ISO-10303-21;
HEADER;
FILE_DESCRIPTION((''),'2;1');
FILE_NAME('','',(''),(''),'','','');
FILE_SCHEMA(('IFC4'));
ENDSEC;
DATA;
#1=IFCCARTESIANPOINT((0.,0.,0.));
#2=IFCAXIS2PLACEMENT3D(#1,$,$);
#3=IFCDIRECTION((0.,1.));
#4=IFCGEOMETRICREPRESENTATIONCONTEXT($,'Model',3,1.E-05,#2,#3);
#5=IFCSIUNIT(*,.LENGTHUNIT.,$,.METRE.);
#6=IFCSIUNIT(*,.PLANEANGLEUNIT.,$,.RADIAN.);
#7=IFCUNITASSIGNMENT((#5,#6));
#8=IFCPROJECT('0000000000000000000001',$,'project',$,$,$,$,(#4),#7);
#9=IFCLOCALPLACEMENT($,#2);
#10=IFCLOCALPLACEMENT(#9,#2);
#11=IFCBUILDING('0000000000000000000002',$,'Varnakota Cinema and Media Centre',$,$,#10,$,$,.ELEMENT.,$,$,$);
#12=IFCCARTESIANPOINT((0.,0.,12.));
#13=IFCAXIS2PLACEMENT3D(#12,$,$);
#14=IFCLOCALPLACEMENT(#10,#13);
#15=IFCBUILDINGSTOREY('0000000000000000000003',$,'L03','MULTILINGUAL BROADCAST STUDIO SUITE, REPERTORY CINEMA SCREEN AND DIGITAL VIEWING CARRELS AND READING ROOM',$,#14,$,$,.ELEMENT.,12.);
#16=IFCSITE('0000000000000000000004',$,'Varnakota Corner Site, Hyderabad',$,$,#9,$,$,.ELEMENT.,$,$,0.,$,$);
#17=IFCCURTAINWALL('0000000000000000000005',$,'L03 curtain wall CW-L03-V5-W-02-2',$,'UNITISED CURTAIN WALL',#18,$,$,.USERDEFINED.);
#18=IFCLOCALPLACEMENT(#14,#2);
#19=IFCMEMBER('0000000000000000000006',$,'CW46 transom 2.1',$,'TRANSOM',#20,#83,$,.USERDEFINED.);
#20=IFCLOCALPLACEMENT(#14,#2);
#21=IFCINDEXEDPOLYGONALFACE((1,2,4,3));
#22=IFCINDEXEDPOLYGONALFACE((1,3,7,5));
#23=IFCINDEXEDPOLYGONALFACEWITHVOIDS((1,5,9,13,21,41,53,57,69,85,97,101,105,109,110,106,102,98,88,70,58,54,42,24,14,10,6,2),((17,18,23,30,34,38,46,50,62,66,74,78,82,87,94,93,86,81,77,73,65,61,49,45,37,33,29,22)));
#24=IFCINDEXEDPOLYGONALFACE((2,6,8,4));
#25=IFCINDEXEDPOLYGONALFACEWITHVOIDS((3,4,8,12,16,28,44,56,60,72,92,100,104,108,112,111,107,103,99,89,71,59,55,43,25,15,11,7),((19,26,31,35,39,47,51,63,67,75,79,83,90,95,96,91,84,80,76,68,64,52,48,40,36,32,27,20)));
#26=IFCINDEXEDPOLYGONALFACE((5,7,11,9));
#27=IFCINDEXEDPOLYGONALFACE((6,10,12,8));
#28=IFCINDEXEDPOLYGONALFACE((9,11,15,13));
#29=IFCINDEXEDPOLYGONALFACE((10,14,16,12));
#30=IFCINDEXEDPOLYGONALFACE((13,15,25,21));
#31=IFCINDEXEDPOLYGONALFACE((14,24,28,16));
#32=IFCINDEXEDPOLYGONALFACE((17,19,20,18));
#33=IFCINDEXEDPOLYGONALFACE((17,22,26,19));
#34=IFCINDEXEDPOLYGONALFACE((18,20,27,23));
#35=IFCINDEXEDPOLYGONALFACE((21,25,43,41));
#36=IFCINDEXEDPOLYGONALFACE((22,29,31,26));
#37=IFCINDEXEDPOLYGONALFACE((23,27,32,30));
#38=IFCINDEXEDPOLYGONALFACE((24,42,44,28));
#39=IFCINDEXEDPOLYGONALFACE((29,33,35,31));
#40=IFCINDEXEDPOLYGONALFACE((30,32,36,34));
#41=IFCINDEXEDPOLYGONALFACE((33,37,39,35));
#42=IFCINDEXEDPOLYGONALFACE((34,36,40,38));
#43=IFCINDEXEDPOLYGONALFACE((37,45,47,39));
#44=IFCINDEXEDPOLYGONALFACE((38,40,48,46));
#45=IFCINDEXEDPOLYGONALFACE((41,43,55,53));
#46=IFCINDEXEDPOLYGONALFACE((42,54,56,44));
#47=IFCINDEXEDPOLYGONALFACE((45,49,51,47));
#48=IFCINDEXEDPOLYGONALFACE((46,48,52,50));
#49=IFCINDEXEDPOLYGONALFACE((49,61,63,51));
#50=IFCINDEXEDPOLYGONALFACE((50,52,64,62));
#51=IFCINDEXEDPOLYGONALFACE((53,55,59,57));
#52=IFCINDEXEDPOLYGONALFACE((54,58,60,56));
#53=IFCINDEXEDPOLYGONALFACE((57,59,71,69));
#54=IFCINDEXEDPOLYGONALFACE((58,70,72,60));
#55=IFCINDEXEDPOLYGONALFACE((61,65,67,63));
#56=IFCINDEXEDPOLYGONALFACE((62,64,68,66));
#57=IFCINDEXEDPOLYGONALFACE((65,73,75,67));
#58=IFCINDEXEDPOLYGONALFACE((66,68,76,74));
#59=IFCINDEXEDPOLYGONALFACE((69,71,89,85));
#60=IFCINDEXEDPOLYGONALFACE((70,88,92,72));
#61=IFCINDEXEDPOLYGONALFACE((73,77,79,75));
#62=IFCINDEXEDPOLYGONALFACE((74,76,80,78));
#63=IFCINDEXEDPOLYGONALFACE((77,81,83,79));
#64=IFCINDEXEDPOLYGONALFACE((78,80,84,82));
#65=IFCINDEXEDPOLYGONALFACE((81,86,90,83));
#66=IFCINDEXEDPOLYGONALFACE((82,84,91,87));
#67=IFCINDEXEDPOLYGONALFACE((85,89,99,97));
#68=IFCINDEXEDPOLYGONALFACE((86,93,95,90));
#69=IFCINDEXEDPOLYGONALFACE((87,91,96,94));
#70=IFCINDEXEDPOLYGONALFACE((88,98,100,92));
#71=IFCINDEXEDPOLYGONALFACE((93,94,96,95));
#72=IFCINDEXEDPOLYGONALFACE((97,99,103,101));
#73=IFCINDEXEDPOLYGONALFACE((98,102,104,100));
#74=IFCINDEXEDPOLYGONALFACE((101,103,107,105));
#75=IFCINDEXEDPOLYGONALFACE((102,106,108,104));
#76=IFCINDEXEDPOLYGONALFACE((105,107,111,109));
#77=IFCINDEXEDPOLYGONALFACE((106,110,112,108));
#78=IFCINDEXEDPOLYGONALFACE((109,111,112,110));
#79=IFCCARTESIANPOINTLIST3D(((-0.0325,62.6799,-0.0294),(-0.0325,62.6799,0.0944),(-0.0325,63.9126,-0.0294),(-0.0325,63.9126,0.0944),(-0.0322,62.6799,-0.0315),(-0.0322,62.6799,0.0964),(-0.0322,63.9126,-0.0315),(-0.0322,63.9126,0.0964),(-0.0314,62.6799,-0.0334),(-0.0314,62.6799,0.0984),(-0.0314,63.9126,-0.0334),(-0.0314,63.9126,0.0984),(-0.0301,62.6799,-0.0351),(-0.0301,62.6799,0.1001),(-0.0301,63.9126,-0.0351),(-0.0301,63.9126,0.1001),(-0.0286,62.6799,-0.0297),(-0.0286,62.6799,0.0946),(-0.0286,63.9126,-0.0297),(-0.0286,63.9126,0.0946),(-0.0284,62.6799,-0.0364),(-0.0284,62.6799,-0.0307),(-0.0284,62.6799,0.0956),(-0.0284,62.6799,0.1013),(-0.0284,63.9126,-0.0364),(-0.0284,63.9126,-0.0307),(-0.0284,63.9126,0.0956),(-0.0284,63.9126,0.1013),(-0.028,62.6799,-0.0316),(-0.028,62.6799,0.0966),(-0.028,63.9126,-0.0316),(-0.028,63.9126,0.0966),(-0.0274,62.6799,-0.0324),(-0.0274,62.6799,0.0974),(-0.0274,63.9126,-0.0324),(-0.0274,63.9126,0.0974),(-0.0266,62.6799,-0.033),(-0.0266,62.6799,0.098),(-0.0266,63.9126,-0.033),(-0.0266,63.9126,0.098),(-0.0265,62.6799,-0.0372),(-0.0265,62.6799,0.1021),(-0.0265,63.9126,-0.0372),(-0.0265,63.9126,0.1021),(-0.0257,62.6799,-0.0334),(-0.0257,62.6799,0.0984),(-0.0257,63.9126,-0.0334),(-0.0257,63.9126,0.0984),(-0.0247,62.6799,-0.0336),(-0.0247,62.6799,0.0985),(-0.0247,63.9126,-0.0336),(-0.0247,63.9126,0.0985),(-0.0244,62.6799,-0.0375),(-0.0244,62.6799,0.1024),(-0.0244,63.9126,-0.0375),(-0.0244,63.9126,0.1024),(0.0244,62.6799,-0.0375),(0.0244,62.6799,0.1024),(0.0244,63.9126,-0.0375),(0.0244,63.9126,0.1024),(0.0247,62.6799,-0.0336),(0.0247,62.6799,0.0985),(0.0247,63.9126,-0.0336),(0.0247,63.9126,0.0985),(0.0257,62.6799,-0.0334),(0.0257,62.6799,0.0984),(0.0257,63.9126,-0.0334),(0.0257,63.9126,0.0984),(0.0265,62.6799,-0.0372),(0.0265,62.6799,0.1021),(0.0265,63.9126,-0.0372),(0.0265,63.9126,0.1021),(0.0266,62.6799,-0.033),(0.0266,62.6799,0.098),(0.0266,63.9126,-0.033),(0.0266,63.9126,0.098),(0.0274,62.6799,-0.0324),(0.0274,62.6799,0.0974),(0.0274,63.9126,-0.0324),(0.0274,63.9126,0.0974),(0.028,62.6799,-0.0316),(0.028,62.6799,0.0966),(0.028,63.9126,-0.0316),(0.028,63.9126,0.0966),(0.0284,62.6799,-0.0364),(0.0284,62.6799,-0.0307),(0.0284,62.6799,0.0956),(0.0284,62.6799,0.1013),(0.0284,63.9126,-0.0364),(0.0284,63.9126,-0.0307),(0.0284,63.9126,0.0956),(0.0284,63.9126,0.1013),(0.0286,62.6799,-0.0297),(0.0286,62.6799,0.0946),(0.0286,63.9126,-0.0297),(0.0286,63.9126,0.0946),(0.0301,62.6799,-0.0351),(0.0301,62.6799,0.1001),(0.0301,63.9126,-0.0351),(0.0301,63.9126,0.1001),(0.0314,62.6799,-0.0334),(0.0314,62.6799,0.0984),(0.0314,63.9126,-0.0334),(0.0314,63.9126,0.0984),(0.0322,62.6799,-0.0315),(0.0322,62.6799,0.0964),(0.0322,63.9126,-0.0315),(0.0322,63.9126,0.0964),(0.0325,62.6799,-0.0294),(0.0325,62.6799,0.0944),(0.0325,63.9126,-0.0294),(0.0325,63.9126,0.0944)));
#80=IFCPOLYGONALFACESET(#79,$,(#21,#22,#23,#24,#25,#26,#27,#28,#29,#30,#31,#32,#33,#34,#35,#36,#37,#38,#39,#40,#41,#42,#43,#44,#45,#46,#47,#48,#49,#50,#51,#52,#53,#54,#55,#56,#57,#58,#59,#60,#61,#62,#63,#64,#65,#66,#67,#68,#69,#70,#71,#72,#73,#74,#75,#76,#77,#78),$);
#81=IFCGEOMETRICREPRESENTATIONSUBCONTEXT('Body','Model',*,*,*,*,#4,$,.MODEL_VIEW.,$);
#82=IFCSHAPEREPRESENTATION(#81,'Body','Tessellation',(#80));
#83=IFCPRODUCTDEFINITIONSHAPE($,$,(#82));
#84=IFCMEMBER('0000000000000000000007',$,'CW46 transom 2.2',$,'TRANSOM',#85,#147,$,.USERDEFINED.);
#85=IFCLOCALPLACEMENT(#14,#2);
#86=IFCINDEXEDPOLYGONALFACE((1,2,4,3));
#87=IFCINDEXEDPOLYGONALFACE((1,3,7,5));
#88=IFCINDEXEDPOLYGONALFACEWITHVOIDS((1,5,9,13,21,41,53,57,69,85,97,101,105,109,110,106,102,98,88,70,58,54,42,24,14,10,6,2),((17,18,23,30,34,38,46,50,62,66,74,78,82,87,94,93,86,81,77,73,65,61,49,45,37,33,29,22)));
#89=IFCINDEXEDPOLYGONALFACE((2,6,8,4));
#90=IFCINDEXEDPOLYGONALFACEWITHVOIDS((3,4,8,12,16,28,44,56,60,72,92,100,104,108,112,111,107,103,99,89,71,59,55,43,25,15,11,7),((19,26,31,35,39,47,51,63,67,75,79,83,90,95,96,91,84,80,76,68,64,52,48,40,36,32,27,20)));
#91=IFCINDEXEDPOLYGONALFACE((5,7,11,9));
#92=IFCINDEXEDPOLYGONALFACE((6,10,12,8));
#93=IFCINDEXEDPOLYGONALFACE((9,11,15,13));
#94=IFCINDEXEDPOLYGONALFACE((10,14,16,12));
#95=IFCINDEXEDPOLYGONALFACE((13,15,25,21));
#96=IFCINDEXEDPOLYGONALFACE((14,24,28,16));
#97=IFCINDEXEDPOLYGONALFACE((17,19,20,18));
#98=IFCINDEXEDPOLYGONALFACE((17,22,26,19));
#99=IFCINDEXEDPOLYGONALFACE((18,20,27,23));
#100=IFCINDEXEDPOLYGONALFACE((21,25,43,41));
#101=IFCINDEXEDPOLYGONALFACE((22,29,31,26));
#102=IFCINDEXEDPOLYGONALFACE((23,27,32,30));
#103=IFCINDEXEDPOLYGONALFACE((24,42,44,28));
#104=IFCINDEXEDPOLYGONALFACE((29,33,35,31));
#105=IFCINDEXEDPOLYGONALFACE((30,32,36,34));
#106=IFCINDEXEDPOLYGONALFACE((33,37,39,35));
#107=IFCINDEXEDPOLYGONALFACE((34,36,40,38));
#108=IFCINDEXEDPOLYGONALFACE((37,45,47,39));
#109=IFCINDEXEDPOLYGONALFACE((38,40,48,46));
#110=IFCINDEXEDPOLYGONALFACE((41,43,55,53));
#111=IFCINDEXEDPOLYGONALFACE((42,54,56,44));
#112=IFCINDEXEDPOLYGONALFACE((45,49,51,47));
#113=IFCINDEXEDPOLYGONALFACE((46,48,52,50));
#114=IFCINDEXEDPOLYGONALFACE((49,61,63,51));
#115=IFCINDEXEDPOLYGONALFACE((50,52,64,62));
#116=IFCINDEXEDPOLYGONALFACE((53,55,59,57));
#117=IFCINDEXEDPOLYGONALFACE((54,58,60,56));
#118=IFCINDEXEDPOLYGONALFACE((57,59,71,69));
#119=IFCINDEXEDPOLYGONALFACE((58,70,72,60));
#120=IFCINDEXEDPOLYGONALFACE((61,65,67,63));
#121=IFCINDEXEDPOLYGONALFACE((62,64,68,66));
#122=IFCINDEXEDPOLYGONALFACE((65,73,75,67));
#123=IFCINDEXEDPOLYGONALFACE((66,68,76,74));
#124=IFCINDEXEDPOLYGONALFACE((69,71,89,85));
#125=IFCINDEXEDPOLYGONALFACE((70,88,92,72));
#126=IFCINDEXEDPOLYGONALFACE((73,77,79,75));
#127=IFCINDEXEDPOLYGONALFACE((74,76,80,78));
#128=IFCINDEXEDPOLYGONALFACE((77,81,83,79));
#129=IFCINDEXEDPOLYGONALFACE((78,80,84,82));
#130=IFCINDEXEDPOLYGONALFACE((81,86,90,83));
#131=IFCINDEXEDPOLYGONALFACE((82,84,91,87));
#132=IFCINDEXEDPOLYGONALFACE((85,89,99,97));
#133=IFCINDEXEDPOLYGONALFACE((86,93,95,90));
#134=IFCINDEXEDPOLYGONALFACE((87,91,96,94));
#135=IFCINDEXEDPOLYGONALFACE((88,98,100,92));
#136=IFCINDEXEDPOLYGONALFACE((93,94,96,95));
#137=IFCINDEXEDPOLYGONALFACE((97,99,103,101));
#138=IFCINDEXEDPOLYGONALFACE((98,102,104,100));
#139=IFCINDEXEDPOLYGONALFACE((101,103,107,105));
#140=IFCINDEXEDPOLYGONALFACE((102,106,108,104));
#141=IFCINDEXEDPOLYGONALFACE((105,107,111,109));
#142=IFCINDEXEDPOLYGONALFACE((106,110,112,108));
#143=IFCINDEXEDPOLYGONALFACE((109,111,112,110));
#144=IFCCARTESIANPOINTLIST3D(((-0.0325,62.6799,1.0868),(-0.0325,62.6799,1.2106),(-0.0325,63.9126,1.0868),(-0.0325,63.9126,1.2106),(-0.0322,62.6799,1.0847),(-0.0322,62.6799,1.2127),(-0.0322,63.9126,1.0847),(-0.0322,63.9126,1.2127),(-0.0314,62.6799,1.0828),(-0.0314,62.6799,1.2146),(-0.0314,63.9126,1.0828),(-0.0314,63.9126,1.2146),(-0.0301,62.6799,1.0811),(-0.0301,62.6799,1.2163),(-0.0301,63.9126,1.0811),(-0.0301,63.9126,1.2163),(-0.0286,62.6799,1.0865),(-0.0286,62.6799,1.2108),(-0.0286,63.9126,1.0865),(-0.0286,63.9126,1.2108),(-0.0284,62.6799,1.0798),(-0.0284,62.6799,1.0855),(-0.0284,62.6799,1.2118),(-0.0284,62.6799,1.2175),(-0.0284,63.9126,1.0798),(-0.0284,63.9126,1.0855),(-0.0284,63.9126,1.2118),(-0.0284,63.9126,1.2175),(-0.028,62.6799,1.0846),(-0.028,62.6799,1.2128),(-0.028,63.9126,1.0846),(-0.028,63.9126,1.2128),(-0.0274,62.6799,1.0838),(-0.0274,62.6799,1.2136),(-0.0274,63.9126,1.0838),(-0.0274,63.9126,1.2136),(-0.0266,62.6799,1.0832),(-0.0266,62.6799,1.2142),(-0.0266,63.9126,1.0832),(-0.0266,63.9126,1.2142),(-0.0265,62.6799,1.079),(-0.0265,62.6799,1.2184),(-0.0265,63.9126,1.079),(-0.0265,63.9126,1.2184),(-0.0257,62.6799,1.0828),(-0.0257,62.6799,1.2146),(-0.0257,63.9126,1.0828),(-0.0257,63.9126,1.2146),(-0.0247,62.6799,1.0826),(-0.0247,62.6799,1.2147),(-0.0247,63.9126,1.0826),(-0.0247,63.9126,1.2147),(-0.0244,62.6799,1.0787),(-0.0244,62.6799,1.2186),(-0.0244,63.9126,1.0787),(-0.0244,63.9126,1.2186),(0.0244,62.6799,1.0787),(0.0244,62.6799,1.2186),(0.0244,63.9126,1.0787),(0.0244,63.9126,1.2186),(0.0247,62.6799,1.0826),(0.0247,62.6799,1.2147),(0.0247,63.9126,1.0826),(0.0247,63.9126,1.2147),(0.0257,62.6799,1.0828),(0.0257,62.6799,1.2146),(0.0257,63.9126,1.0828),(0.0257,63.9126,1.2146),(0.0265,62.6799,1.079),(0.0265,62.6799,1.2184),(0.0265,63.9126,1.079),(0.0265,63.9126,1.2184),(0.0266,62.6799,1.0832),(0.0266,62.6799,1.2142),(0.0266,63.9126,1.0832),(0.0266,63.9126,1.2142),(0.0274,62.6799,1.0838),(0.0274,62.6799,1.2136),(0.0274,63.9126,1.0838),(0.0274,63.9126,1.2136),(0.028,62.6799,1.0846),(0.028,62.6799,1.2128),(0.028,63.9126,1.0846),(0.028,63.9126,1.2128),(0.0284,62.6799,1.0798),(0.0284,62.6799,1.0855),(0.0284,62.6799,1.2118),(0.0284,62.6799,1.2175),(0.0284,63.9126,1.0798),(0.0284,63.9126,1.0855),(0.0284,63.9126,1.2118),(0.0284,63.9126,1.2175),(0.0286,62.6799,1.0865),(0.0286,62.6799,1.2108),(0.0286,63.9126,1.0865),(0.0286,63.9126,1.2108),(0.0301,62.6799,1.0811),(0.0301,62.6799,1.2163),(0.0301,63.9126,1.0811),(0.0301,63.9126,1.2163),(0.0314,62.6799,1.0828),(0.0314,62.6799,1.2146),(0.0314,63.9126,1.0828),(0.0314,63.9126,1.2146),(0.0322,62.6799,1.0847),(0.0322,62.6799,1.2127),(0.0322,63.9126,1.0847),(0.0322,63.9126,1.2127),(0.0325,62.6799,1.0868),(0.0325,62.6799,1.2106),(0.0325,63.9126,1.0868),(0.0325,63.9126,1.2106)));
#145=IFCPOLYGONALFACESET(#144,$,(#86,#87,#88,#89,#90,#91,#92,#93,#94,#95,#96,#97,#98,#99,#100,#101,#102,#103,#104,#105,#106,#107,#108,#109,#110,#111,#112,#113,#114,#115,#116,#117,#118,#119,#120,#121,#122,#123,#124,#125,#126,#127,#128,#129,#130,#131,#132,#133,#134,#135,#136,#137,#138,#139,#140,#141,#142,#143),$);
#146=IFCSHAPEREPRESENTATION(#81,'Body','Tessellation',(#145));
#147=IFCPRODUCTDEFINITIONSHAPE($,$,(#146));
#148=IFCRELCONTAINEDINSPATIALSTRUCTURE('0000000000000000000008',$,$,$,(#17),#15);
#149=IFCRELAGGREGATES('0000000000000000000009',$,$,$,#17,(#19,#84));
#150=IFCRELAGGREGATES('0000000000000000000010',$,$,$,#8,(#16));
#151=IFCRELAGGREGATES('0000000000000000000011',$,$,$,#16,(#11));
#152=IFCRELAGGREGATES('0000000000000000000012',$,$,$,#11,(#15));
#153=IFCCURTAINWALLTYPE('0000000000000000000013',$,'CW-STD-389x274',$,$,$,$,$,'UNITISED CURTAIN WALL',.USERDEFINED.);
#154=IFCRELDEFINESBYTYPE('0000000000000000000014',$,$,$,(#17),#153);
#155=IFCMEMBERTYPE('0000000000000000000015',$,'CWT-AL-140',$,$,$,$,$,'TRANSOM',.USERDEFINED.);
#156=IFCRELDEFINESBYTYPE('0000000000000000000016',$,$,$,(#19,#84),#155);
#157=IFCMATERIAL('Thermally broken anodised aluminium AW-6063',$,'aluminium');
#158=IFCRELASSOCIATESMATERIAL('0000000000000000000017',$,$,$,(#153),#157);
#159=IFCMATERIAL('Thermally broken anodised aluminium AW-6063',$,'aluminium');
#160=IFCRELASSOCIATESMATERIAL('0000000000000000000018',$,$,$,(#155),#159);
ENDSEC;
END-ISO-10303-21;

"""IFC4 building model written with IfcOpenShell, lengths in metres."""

from ifc_helpers import new_model, si_unit, direction, frame, origin, origin_2d, place, context, subcontext, project, spatial, hollow_rectangle, extrude, material, material_profile, profile_set, type_object, element, aggregate, save


model = new_model("IFC4")

# Units and contexts
model_context = context("Model", 3, precision=1e-05, world=origin(), true_north=direction((0.0, 1.0)))
body_context = subcontext(model_context, "Body", "Model", "MODEL_VIEW")
ifc_project = project(units=[si_unit("LENGTHUNIT", "METRE"), si_unit("PLANEANGLEUNIT", "RADIAN")], contexts=[model_context])

# Site, building, storey
site_placement = place(None, origin())
site = spatial("IfcSite", under=ifc_project, at=site_placement, Name="Varnakota Corner Site, Hyderabad", CompositionType="ELEMENT", RefElevation=0.0)
building_placement = place(site_placement, origin())
building = spatial("IfcBuilding", under=site, at=building_placement, Name="Varnakota Cinema and Media Centre", CompositionType="ELEMENT")
storey_placement = place(building_placement, frame((0.0, 0.0, 12.0)))
storey = spatial("IfcBuildingStorey", under=building, at=storey_placement, Name="L03", Description="MULTILINGUAL BROADCAST STUDIO SUITE, REPERTORY CINEMA SCREEN AND DIGITAL VIEWING CARRELS AND READING ROOM", CompositionType="ELEMENT", Elevation=12.0)

# Shared definitions
ifc_material_1 = material(Name="Thermally broken anodised aluminium AW-6063", Category="aluminium")
curtain_wall_type = type_object("IfcCurtainWallType", Name="CW-STD-389x274", ElementType="UNITISED CURTAIN WALL", PredefinedType="USERDEFINED", material=ifc_material_1)

# Curtain wall, members
curtain_wall_1_placement = place(storey_placement, origin())
curtain_wall_1 = element("IfcCurtainWall", 1, at=curtain_wall_1_placement, inside=storey, type_object=curtain_wall_type, Name="L03 curtain wall CW-L03-V5-W-02-2", ObjectType="UNITISED CURTAIN WALL", PredefinedType="USERDEFINED")
ifc_material_2 = material(Name="Thermally broken anodised aluminium AW-6063", Category="aluminium")
ifc_material_profile_1 = material_profile(ifc_material_2, hollow_rectangle(XDim=0.0649, YDim=0.1399, WallThickness=0.0039, InnerFilletRadius=0.0039, OuterFilletRadius=0.0081, at=origin_2d()), Name="AL-TRANSOM 140x65x4")
ifc_profile_set_1 = profile_set([ifc_material_profile_1], Name="Thermally broken anodised aluminium AW-6063")
member_type_1 = type_object("IfcMemberType", Name="CWT-AL-140", ElementType="TRANSOM", PredefinedType="USERDEFINED", material=ifc_profile_set_1)
member_1_placement = place(storey_placement, frame((0.0, 63.9126, 0.0325), z_axis=(0.0, -1.0, 0.0), x_axis=(1.0, 0.0, 0.0)))
member_1 = element("IfcMember", 2, at=member_1_placement, type_object=member_type_1, Name="CW46 transom 2.1", ObjectType="TRANSOM", PredefinedType="USERDEFINED", context=body_context, shape_type="SweptSolid", body=[
    extrude(hollow_rectangle(XDim=0.0649, YDim=0.1399, WallThickness=0.0039, InnerFilletRadius=0.0039, OuterFilletRadius=0.0081, at=origin_2d()), origin(), (0.0, 0.0, 1.0), 1.2327),
])
member_2_placement = place(storey_placement, frame((0.0, 63.9126, 1.1487), z_axis=(0.0, -1.0, 0.0), x_axis=(1.0, 0.0, 0.0)))
member_2 = element("IfcMember", 3, at=member_2_placement, type_object=member_type_1, Name="CW46 transom 2.2", ObjectType="TRANSOM", PredefinedType="USERDEFINED", context=body_context, shape_type="SweptSolid", body=[
    extrude(hollow_rectangle(XDim=0.0649, YDim=0.1399, WallThickness=0.0039, InnerFilletRadius=0.0039, OuterFilletRadius=0.0081, at=origin_2d()), origin(), (0.0, 0.0, 1.0), 1.2327),
])

aggregate(curtain_wall_1, [member_1, member_2])

save(model, "model.ifc")
